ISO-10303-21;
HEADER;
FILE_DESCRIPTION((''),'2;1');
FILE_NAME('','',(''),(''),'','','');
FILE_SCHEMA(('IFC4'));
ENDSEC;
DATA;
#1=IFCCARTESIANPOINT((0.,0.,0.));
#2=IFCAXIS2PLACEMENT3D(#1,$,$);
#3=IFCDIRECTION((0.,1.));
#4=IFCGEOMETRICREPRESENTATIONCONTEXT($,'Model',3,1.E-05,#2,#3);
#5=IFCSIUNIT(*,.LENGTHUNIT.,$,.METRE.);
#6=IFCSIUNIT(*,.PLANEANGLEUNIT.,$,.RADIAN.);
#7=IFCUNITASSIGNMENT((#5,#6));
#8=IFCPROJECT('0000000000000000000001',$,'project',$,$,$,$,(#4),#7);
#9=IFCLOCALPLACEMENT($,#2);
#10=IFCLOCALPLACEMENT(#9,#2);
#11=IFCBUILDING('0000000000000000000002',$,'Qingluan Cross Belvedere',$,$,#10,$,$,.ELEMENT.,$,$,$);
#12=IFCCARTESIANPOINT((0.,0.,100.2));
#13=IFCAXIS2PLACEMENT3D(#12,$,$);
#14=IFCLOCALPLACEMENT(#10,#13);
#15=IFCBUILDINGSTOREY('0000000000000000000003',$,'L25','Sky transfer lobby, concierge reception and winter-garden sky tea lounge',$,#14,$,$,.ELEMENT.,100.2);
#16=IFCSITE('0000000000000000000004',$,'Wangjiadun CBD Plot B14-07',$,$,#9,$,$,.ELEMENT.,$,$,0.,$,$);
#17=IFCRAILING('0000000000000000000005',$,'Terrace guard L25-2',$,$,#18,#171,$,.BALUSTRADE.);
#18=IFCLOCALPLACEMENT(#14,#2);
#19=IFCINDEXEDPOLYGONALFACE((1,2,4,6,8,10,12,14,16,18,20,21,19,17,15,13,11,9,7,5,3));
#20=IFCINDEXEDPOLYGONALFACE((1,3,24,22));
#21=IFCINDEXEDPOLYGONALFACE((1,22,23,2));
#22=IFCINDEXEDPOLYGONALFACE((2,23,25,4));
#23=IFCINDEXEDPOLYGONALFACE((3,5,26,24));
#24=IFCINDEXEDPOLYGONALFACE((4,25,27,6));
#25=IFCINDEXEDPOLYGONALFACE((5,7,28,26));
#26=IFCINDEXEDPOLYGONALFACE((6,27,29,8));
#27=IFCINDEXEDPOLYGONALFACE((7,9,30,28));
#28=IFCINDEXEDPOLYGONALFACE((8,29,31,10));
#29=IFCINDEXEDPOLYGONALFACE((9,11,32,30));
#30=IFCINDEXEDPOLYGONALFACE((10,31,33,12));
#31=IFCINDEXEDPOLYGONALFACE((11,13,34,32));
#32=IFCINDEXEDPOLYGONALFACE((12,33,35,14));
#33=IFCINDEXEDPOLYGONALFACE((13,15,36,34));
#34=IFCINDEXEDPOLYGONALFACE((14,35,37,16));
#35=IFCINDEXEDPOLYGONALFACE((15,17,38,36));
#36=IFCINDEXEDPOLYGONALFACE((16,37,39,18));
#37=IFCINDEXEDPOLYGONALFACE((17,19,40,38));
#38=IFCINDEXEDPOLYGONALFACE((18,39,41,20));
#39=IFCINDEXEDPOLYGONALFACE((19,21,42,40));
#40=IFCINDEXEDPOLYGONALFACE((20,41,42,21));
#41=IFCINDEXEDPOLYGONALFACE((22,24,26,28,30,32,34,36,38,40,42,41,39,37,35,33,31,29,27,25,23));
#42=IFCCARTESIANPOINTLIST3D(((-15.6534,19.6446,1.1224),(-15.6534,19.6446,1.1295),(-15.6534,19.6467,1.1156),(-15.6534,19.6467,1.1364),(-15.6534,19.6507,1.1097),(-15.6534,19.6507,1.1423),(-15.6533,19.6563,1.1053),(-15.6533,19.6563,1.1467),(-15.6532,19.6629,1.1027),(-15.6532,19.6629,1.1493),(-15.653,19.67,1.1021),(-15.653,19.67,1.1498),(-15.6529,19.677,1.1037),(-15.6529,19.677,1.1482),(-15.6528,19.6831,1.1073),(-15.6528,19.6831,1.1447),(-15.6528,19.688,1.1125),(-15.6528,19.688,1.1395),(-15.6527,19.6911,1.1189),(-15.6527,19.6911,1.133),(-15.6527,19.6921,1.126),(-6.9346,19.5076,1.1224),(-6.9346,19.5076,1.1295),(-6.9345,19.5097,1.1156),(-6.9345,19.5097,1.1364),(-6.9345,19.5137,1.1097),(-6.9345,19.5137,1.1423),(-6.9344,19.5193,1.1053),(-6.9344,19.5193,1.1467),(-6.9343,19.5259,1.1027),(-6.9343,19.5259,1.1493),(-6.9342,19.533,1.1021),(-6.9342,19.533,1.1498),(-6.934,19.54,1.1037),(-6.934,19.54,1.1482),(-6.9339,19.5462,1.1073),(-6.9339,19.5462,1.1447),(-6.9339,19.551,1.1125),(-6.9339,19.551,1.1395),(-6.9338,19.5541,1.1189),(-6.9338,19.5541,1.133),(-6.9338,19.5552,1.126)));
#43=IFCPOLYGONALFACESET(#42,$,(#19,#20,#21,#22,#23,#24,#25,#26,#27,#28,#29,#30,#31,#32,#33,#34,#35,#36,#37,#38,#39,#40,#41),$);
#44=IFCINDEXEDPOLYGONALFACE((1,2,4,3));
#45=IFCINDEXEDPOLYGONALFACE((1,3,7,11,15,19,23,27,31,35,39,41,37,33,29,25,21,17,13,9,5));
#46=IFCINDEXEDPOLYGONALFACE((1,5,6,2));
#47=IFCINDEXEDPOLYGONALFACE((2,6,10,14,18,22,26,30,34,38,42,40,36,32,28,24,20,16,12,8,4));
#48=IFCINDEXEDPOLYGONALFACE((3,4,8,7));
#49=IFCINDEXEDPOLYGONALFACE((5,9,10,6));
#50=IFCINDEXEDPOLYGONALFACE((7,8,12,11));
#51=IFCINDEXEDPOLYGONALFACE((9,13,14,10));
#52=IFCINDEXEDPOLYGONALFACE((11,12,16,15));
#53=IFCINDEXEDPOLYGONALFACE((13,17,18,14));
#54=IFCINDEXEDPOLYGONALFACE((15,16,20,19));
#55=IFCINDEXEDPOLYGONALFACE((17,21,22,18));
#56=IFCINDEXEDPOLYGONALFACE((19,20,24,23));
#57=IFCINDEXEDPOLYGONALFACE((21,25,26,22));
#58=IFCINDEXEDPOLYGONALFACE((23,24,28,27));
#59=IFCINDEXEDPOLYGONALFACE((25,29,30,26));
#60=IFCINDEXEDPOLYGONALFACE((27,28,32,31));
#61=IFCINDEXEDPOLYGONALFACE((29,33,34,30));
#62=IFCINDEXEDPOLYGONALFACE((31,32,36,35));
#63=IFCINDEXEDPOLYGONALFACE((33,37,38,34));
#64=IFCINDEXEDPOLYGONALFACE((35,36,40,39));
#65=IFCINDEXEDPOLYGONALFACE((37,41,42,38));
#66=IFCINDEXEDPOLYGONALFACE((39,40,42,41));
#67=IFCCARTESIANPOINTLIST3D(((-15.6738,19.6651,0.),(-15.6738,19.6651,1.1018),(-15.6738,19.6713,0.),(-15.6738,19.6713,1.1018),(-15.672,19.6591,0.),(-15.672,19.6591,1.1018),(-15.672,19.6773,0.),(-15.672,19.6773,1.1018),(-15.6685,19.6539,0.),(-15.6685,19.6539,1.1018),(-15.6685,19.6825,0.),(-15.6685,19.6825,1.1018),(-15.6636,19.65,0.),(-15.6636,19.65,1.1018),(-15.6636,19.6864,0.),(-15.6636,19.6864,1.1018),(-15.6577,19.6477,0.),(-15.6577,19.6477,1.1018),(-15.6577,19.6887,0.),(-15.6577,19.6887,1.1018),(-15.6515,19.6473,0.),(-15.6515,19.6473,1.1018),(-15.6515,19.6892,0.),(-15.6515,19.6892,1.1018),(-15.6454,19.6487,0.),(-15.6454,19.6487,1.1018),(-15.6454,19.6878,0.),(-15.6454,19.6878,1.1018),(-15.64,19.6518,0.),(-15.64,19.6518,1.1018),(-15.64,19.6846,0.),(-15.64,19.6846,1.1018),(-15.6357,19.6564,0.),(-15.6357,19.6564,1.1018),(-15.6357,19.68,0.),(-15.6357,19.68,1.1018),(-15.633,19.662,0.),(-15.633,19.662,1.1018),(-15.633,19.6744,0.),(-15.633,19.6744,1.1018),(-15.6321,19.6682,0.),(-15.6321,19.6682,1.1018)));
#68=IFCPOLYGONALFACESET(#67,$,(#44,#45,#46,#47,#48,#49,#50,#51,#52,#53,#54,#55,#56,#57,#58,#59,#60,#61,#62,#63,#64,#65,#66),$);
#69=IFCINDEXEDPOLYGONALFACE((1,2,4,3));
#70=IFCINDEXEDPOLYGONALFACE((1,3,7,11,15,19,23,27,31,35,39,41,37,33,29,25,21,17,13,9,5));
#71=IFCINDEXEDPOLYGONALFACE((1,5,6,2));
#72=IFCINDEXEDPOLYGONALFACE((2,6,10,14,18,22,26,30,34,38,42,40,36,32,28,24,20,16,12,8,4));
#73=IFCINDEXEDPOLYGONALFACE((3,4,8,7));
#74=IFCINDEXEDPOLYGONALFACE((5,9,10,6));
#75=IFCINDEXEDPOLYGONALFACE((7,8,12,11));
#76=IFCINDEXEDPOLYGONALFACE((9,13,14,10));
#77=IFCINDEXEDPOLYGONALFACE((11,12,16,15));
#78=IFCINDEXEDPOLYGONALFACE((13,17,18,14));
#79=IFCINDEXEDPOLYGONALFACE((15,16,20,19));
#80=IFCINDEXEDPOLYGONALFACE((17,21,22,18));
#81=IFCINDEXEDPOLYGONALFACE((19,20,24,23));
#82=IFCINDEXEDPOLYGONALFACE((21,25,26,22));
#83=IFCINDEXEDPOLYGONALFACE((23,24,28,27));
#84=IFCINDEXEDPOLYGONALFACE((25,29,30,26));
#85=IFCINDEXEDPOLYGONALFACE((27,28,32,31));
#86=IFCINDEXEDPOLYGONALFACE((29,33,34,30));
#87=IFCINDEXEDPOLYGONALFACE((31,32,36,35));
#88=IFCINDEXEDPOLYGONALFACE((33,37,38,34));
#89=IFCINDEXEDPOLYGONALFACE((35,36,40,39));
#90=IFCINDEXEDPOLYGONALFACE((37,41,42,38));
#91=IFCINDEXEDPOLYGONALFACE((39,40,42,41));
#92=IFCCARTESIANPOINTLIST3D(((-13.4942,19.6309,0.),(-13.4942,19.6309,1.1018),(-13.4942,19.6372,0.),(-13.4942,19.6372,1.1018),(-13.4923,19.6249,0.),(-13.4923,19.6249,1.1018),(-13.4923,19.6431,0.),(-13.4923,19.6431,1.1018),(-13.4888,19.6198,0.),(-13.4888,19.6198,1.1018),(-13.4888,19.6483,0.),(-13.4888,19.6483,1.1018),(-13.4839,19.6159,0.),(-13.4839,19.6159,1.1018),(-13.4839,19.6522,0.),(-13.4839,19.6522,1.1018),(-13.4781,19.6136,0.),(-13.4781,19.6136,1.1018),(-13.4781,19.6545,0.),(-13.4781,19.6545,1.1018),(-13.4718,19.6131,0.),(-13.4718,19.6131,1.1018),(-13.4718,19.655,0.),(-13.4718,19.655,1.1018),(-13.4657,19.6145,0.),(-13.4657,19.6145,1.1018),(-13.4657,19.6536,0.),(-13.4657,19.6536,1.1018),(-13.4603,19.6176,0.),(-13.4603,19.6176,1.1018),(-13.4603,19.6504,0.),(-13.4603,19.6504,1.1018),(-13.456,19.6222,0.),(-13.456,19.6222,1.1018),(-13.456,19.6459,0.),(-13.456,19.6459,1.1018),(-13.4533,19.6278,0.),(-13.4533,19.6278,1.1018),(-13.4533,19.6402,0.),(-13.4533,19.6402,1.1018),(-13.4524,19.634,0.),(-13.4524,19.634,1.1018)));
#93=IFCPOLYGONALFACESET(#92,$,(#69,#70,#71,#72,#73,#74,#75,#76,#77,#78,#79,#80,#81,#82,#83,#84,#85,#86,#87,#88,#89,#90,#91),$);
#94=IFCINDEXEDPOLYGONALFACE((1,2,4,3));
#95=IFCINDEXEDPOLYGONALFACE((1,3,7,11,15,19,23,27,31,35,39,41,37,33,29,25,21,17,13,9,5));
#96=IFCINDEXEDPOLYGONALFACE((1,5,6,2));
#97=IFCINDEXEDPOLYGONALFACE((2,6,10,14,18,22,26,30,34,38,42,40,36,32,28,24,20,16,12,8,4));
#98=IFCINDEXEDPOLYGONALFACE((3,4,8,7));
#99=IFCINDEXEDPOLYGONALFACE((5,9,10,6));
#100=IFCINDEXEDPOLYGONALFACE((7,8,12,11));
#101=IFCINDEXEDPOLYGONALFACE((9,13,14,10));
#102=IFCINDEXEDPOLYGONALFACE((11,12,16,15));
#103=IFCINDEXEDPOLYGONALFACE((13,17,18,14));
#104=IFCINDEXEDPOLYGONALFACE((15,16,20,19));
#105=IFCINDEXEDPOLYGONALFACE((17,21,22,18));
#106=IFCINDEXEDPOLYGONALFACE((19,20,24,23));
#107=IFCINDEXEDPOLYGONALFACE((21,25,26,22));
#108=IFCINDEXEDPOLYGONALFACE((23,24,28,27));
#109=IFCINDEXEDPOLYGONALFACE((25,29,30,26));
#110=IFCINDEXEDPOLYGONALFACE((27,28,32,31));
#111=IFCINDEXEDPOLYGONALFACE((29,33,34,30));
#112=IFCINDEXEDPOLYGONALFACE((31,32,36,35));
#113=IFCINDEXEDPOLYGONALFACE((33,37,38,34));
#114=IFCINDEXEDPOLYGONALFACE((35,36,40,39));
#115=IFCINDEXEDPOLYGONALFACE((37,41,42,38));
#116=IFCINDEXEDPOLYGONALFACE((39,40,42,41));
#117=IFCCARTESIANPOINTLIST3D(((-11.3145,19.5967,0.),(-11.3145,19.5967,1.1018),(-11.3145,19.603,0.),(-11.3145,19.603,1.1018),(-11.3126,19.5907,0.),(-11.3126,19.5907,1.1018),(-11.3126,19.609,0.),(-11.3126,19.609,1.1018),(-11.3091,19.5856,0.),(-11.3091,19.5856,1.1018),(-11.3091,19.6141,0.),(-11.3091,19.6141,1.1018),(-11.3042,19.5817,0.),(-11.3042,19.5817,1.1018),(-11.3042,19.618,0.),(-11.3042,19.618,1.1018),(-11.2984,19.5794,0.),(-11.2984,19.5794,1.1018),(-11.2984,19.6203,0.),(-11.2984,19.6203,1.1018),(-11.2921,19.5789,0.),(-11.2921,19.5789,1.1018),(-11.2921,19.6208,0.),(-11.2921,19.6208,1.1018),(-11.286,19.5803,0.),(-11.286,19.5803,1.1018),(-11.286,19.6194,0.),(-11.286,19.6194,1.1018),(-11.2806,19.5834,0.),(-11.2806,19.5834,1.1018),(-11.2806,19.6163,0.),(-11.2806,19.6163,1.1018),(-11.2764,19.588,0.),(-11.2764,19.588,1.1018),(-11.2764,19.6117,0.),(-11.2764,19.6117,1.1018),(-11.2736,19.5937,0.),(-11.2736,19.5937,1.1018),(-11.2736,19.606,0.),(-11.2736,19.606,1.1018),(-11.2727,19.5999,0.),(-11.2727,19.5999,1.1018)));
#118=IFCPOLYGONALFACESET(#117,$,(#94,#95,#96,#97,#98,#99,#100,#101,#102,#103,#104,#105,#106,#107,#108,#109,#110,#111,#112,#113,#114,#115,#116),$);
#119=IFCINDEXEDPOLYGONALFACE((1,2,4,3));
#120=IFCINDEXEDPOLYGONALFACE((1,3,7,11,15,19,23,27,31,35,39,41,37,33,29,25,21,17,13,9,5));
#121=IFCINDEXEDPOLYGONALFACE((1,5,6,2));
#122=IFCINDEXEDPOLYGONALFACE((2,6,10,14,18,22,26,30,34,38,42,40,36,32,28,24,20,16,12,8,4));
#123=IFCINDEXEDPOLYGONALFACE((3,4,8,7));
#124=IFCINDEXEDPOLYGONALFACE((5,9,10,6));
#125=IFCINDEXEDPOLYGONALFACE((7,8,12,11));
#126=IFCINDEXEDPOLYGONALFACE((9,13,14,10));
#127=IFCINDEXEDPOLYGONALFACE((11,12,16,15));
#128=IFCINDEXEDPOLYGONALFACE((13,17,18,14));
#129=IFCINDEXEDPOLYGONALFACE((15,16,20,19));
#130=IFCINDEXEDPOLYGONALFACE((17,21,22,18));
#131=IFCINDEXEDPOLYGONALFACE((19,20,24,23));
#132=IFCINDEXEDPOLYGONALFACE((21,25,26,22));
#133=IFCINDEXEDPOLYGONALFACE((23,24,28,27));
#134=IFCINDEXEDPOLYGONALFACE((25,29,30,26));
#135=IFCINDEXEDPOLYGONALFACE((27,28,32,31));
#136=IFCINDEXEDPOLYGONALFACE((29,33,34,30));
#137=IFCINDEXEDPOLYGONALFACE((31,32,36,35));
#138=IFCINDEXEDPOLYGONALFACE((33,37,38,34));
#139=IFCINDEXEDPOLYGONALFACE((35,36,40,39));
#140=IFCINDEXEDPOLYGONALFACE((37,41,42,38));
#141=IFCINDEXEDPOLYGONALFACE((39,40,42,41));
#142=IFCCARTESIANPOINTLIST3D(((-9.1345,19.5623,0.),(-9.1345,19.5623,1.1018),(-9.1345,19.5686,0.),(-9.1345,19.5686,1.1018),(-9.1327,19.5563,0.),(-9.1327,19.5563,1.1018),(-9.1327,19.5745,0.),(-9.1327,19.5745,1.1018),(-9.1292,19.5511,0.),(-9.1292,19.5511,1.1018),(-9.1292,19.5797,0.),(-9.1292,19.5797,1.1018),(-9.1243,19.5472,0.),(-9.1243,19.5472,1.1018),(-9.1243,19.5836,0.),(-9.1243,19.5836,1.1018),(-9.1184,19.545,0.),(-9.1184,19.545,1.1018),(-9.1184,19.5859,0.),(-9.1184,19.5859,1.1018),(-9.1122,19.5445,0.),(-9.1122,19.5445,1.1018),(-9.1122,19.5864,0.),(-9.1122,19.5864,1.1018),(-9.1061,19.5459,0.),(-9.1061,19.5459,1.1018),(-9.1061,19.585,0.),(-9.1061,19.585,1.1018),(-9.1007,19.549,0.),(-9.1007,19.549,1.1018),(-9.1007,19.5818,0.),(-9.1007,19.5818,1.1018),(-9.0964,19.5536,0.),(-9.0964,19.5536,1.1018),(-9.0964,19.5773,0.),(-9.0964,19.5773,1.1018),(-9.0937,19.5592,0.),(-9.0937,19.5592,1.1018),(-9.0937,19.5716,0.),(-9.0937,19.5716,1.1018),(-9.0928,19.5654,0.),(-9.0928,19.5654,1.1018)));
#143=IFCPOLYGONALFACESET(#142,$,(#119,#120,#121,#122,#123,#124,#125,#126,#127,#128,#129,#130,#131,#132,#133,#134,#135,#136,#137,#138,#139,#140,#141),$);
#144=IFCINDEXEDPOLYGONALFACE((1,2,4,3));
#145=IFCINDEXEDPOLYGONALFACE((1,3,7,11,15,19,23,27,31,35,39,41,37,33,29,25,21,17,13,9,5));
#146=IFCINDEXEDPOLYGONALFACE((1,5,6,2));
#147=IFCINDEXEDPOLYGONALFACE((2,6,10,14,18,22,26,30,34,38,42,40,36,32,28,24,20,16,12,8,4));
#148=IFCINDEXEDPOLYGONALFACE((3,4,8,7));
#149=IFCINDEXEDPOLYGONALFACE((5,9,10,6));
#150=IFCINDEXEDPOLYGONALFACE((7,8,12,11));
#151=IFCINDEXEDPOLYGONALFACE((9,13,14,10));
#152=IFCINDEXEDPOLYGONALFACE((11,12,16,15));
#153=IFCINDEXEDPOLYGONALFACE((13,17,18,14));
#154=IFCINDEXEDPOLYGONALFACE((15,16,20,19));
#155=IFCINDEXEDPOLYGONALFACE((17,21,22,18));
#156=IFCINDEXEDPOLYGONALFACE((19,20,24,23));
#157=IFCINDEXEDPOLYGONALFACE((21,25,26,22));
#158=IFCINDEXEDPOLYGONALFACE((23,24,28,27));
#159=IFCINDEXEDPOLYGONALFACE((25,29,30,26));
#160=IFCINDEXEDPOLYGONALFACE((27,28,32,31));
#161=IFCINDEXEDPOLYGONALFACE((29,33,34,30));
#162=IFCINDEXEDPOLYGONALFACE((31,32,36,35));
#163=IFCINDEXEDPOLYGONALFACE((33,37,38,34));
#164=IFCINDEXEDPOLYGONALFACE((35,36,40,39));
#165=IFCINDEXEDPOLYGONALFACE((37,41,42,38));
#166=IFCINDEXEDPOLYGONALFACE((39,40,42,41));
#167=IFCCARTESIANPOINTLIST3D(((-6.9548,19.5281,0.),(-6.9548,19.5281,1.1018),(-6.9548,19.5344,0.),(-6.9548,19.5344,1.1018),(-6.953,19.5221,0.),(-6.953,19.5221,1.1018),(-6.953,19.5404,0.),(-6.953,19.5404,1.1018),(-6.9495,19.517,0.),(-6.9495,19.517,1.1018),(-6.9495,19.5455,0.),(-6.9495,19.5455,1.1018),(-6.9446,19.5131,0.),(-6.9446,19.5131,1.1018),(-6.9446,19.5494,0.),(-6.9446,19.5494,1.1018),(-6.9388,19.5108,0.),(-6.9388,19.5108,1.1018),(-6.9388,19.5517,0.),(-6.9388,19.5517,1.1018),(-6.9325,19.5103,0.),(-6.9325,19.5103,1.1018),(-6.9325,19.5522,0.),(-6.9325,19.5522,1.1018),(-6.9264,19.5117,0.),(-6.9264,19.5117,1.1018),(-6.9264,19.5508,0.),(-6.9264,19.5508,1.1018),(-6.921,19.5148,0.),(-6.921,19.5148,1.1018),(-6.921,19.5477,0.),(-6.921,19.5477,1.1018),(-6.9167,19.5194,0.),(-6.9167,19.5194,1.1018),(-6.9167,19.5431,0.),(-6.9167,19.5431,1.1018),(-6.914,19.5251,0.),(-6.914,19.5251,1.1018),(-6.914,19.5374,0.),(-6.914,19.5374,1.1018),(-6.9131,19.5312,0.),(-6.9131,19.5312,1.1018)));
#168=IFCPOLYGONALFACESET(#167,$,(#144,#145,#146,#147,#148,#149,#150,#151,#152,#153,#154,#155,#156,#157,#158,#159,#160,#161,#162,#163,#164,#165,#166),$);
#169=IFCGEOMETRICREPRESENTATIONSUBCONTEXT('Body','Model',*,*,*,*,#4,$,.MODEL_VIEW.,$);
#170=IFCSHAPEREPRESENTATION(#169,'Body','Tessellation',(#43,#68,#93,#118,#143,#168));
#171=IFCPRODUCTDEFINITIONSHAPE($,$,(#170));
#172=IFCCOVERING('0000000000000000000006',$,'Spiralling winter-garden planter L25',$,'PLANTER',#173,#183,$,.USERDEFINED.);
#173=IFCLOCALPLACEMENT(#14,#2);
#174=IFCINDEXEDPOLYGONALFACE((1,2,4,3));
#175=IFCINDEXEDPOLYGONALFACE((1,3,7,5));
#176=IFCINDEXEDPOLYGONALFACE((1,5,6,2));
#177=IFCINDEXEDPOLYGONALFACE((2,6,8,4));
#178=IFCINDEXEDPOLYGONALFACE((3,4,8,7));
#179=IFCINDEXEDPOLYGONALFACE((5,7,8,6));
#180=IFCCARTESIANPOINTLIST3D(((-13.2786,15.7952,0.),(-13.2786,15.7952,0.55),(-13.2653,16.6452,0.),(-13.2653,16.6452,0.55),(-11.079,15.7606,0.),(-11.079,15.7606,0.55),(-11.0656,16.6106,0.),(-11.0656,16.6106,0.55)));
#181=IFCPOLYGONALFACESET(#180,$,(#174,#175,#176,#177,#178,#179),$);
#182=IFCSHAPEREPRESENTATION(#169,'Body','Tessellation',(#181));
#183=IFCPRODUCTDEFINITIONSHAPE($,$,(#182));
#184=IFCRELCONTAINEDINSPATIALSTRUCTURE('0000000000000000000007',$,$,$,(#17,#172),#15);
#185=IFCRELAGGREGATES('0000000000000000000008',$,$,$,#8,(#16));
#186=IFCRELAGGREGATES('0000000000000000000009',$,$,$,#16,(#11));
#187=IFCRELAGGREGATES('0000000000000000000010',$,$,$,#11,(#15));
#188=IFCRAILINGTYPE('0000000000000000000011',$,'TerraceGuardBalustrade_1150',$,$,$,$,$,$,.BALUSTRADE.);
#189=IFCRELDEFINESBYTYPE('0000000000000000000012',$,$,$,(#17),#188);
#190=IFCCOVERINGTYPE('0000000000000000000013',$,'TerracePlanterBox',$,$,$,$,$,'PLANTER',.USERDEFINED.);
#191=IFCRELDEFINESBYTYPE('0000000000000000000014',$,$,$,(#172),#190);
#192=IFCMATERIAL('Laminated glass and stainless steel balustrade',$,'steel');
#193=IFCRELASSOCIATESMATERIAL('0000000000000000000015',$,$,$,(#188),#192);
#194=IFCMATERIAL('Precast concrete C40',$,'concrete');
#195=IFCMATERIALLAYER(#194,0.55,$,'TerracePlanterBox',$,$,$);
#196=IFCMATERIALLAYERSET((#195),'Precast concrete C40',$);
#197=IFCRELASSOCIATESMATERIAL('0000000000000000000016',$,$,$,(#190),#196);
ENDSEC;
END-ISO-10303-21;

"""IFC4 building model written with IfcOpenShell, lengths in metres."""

from ifc_helpers import new_model, si_unit, direction, frame, origin, origin_2d, place, context, subcontext, project, spatial, rectangle, circle, extrude, material, layer, layer_set, type_object, element, save


model = new_model("IFC4")

# Units and contexts
model_context = context("Model", 3, precision=1e-05, world=origin(), true_north=direction((0.0, 1.0)))
body_context = subcontext(model_context, "Body", "Model", "MODEL_VIEW")
ifc_project = project(units=[si_unit("LENGTHUNIT", "METRE"), si_unit("PLANEANGLEUNIT", "RADIAN")], contexts=[model_context])

# Site, building, storey
site_placement = place(None, origin())
site = spatial("IfcSite", under=ifc_project, at=site_placement, Name="Wangjiadun CBD Plot B14-07", CompositionType="ELEMENT", RefElevation=0.0)
building_placement = place(site_placement, origin())
building = spatial("IfcBuilding", under=site, at=building_placement, Name="Qingluan Cross Belvedere", CompositionType="ELEMENT")
storey_placement = place(building_placement, frame((0.0, 0.0, 100.2)))
storey = spatial("IfcBuildingStorey", under=building, at=storey_placement, Name="L25", Description="Sky transfer lobby, concierge reception and winter-garden sky tea lounge", CompositionType="ELEMENT", Elevation=100.2)

# Railing
ifc_material_1 = material(Name="Laminated glass and stainless steel balustrade", Category="steel")
railing_type = type_object("IfcRailingType", Name="TerraceGuardBalustrade_1150", PredefinedType="BALUSTRADE", material=ifc_material_1)
railing_placement = place(storey_placement, frame((-15.6531, 19.6682, 0.0)))
element("IfcRailing", 1, at=railing_placement, inside=storey, type_object=railing_type, Name="Terrace guard L25-2", PredefinedType="BALUSTRADE", context=body_context, shape_type="SweptSolid", body=[
    extrude(circle(Radius=0.0239, at=origin_2d()), frame((0.0, 0.0, 1.126), z_axis=(0.999877, -0.015707, 0.0), x_axis=(0.015707, 0.999877, 0.0)), (0.0, 0.0, 1.0), 8.72),
    extrude(circle(Radius=0.021, at=origin_2d()), origin(), (0.0, 0.0, 1.0), 1.1018),
    extrude(circle(Radius=0.021, at=origin_2d()), frame((2.1797, -0.0342, 0.0)), (0.0, 0.0, 1.0), 1.1018),
    extrude(circle(Radius=0.021, at=origin_2d()), frame((4.3594, -0.0684, 0.0)), (0.0, 0.0, 1.0), 1.1018),
    extrude(circle(Radius=0.021, at=origin_2d()), frame((6.5393, -0.1028, 0.0)), (0.0, 0.0, 1.0), 1.1018),
    extrude(circle(Radius=0.021, at=origin_2d()), frame((8.719, -0.137, 0.0)), (0.0, 0.0, 1.0), 1.1018),
])

# Covering
ifc_material_2 = material(Name="Precast concrete C40", Category="concrete")
ifc_layer_1 = layer(ifc_material_2, 0.55, Name="TerracePlanterBox")
ifc_layer_set_1 = layer_set([ifc_layer_1], Name="Precast concrete C40")
covering_type_1 = type_object("IfcCoveringType", Name="TerracePlanterBox", ElementType="PLANTER", PredefinedType="USERDEFINED", material=ifc_layer_set_1)
covering_1_placement = place(storey_placement, frame((-12.1721, 16.2029, 0.0), z_axis=(0.0, 0.0, 1.0), x_axis=(0.999877, -0.015707, 0.0)))
element("IfcCovering", 2, at=covering_1_placement, inside=storey, type_object=covering_type_1, Name="Spiralling winter-garden planter L25", ObjectType="PLANTER", PredefinedType="USERDEFINED", context=body_context, shape_type="SweptSolid", body=[
    extrude(rectangle(XDim=2.2, YDim=0.8501, at=origin_2d()), origin(), (0.0, 0.0, 1.0), 0.55),
])

save(model, "model.ifc")
